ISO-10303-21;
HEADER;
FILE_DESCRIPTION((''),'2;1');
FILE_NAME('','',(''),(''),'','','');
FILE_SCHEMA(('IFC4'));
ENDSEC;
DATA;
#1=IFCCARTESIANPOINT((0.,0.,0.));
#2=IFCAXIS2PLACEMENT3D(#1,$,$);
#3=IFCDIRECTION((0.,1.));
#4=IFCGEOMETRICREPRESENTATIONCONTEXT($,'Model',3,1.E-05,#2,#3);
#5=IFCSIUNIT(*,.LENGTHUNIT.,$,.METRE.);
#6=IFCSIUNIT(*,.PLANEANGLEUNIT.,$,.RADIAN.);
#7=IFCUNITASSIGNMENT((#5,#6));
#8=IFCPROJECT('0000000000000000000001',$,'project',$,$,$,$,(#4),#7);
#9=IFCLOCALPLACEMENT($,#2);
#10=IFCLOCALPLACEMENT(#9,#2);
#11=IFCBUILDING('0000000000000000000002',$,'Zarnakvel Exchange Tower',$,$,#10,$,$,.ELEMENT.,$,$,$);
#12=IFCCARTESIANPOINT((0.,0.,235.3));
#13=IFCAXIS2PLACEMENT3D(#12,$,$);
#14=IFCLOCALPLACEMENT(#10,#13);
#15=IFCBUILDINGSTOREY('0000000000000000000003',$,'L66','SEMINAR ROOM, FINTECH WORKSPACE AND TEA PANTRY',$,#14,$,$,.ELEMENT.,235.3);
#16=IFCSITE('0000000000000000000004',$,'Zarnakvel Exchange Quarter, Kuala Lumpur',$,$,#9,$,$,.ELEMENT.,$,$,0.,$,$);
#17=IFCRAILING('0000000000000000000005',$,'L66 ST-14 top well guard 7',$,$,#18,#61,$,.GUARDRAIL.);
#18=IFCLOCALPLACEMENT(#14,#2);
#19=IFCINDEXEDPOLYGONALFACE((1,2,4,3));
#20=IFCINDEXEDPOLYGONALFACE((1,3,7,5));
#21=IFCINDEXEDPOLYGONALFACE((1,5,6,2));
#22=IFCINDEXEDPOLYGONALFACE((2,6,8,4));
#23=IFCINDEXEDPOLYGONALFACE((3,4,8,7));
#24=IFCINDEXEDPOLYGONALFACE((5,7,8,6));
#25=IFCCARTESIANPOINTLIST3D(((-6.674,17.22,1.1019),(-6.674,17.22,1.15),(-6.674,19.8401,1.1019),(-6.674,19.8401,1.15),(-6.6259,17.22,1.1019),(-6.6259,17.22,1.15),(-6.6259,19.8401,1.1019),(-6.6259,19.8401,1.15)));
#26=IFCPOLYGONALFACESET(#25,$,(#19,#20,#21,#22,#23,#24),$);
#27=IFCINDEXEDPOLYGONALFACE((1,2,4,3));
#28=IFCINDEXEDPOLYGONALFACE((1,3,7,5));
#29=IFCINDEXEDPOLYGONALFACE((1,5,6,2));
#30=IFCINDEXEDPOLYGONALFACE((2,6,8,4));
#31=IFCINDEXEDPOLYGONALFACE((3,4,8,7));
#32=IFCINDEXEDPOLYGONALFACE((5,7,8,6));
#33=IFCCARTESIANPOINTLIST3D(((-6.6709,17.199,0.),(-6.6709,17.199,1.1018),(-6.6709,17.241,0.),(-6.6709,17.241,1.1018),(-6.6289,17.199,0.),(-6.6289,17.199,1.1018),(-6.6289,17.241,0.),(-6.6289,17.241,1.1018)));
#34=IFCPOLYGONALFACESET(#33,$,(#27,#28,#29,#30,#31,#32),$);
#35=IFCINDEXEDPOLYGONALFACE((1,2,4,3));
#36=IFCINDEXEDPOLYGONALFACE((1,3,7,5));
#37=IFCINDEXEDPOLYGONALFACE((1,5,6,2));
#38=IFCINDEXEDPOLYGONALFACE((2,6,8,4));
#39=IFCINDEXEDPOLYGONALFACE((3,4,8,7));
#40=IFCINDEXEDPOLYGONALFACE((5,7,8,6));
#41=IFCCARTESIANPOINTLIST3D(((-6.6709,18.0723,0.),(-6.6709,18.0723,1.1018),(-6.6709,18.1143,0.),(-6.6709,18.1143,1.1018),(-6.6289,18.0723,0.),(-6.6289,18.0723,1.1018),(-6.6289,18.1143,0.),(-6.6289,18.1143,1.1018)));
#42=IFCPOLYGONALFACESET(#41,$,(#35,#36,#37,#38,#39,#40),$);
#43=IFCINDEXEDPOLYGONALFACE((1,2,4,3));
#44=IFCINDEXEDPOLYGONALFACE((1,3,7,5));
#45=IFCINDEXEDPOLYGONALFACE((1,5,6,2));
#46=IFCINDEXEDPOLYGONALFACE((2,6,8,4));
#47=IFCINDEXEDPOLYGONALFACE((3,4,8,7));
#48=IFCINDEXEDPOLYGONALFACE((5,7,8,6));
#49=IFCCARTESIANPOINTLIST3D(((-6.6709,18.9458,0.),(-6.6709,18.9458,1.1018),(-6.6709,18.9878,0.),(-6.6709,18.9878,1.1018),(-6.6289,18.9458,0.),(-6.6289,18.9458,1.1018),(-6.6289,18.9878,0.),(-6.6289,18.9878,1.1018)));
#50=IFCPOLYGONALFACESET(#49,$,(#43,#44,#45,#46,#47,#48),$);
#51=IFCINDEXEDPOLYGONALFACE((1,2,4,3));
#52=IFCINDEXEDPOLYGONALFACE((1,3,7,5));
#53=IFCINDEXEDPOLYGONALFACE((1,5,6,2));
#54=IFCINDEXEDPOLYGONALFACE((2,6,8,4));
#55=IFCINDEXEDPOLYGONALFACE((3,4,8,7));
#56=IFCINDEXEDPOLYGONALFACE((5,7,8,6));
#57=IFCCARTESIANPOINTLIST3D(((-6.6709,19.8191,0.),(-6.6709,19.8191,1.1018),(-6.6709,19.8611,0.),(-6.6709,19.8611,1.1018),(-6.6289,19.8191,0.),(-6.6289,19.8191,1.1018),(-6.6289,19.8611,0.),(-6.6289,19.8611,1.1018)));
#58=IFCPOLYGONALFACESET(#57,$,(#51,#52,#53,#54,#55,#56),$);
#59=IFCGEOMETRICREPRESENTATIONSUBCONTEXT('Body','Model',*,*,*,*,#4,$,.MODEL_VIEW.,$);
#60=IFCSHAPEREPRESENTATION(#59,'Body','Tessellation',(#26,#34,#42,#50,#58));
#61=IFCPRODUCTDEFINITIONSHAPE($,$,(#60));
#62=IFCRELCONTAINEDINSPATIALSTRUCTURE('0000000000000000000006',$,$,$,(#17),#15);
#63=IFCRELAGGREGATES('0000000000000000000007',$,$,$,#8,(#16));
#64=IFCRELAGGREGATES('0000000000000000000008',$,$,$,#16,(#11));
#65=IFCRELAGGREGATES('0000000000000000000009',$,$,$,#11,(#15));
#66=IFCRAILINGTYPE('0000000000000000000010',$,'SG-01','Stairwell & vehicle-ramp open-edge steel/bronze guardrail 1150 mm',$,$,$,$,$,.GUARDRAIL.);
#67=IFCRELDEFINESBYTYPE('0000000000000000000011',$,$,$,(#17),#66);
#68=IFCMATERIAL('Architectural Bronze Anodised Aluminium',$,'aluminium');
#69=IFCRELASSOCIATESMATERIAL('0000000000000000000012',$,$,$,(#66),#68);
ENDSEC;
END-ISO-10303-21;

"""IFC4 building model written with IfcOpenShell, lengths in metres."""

from ifc_helpers import new_model, si_unit, direction, frame, origin, origin_2d, place, context, subcontext, project, spatial, rectangle, extrude, material, type_object, element, save


model = new_model("IFC4")

# Units and contexts
model_context = context("Model", 3, precision=1e-05, world=origin(), true_north=direction((0.0, 1.0)))
body_context = subcontext(model_context, "Body", "Model", "MODEL_VIEW")
ifc_project = project(units=[si_unit("LENGTHUNIT", "METRE"), si_unit("PLANEANGLEUNIT", "RADIAN")], contexts=[model_context])

# Site, building, storey
site_placement = place(None, origin())
site = spatial("IfcSite", under=ifc_project, at=site_placement, Name="Zarnakvel Exchange Quarter, Kuala Lumpur", CompositionType="ELEMENT", RefElevation=0.0)
building_placement = place(site_placement, origin())
building = spatial("IfcBuilding", under=site, at=building_placement, Name="Zarnakvel Exchange Tower", CompositionType="ELEMENT")
storey_placement = place(building_placement, frame((0.0, 0.0, 235.3)))
storey = spatial("IfcBuildingStorey", under=building, at=storey_placement, Name="L66", Description="SEMINAR ROOM, FINTECH WORKSPACE AND TEA PANTRY", CompositionType="ELEMENT", Elevation=235.3)

# Shared definitions
ifc_material_1 = material(Name="Architectural Bronze Anodised Aluminium", Category="aluminium")

# Railing
railing_type_1 = type_object("IfcRailingType", Name="SG-01", Description="Stairwell & vehicle-ramp open-edge steel/bronze guardrail 1150 mm", PredefinedType="GUARDRAIL", material=ifc_material_1)
railing_1_placement = place(storey_placement, frame((-6.6499, 17.22, 0.0)))
element("IfcRailing", 1, at=railing_1_placement, inside=storey, type_object=railing_type_1, Name="L66 ST-14 top well guard 7", PredefinedType="GUARDRAIL", context=body_context, shape_type="SweptSolid", body=[
    extrude(rectangle(XDim=0.0481, YDim=0.0481, at=origin_2d()), frame((0.0, 0.0, 1.126), z_axis=(0.0, 1.0, 0.0), x_axis=(-1.0, 0.0, 0.0)), (0.0, 0.0, 1.0), 2.6201),
    extrude(rectangle(XDim=0.042, YDim=0.042, at=origin_2d()), origin(), (0.0, 0.0, 1.0), 1.1018),
    extrude(rectangle(XDim=0.042, YDim=0.042, at=origin_2d()), frame((0.0, 0.8733, 0.0)), (0.0, 0.0, 1.0), 1.1018),
    extrude(rectangle(XDim=0.042, YDim=0.042, at=origin_2d()), frame((0.0, 1.7468, 0.0)), (0.0, 0.0, 1.0), 1.1018),
    extrude(rectangle(XDim=0.042, YDim=0.042, at=origin_2d()), frame((0.0, 2.6201, 0.0)), (0.0, 0.0, 1.0), 1.1018),
])

save(model, "model.ifc")
